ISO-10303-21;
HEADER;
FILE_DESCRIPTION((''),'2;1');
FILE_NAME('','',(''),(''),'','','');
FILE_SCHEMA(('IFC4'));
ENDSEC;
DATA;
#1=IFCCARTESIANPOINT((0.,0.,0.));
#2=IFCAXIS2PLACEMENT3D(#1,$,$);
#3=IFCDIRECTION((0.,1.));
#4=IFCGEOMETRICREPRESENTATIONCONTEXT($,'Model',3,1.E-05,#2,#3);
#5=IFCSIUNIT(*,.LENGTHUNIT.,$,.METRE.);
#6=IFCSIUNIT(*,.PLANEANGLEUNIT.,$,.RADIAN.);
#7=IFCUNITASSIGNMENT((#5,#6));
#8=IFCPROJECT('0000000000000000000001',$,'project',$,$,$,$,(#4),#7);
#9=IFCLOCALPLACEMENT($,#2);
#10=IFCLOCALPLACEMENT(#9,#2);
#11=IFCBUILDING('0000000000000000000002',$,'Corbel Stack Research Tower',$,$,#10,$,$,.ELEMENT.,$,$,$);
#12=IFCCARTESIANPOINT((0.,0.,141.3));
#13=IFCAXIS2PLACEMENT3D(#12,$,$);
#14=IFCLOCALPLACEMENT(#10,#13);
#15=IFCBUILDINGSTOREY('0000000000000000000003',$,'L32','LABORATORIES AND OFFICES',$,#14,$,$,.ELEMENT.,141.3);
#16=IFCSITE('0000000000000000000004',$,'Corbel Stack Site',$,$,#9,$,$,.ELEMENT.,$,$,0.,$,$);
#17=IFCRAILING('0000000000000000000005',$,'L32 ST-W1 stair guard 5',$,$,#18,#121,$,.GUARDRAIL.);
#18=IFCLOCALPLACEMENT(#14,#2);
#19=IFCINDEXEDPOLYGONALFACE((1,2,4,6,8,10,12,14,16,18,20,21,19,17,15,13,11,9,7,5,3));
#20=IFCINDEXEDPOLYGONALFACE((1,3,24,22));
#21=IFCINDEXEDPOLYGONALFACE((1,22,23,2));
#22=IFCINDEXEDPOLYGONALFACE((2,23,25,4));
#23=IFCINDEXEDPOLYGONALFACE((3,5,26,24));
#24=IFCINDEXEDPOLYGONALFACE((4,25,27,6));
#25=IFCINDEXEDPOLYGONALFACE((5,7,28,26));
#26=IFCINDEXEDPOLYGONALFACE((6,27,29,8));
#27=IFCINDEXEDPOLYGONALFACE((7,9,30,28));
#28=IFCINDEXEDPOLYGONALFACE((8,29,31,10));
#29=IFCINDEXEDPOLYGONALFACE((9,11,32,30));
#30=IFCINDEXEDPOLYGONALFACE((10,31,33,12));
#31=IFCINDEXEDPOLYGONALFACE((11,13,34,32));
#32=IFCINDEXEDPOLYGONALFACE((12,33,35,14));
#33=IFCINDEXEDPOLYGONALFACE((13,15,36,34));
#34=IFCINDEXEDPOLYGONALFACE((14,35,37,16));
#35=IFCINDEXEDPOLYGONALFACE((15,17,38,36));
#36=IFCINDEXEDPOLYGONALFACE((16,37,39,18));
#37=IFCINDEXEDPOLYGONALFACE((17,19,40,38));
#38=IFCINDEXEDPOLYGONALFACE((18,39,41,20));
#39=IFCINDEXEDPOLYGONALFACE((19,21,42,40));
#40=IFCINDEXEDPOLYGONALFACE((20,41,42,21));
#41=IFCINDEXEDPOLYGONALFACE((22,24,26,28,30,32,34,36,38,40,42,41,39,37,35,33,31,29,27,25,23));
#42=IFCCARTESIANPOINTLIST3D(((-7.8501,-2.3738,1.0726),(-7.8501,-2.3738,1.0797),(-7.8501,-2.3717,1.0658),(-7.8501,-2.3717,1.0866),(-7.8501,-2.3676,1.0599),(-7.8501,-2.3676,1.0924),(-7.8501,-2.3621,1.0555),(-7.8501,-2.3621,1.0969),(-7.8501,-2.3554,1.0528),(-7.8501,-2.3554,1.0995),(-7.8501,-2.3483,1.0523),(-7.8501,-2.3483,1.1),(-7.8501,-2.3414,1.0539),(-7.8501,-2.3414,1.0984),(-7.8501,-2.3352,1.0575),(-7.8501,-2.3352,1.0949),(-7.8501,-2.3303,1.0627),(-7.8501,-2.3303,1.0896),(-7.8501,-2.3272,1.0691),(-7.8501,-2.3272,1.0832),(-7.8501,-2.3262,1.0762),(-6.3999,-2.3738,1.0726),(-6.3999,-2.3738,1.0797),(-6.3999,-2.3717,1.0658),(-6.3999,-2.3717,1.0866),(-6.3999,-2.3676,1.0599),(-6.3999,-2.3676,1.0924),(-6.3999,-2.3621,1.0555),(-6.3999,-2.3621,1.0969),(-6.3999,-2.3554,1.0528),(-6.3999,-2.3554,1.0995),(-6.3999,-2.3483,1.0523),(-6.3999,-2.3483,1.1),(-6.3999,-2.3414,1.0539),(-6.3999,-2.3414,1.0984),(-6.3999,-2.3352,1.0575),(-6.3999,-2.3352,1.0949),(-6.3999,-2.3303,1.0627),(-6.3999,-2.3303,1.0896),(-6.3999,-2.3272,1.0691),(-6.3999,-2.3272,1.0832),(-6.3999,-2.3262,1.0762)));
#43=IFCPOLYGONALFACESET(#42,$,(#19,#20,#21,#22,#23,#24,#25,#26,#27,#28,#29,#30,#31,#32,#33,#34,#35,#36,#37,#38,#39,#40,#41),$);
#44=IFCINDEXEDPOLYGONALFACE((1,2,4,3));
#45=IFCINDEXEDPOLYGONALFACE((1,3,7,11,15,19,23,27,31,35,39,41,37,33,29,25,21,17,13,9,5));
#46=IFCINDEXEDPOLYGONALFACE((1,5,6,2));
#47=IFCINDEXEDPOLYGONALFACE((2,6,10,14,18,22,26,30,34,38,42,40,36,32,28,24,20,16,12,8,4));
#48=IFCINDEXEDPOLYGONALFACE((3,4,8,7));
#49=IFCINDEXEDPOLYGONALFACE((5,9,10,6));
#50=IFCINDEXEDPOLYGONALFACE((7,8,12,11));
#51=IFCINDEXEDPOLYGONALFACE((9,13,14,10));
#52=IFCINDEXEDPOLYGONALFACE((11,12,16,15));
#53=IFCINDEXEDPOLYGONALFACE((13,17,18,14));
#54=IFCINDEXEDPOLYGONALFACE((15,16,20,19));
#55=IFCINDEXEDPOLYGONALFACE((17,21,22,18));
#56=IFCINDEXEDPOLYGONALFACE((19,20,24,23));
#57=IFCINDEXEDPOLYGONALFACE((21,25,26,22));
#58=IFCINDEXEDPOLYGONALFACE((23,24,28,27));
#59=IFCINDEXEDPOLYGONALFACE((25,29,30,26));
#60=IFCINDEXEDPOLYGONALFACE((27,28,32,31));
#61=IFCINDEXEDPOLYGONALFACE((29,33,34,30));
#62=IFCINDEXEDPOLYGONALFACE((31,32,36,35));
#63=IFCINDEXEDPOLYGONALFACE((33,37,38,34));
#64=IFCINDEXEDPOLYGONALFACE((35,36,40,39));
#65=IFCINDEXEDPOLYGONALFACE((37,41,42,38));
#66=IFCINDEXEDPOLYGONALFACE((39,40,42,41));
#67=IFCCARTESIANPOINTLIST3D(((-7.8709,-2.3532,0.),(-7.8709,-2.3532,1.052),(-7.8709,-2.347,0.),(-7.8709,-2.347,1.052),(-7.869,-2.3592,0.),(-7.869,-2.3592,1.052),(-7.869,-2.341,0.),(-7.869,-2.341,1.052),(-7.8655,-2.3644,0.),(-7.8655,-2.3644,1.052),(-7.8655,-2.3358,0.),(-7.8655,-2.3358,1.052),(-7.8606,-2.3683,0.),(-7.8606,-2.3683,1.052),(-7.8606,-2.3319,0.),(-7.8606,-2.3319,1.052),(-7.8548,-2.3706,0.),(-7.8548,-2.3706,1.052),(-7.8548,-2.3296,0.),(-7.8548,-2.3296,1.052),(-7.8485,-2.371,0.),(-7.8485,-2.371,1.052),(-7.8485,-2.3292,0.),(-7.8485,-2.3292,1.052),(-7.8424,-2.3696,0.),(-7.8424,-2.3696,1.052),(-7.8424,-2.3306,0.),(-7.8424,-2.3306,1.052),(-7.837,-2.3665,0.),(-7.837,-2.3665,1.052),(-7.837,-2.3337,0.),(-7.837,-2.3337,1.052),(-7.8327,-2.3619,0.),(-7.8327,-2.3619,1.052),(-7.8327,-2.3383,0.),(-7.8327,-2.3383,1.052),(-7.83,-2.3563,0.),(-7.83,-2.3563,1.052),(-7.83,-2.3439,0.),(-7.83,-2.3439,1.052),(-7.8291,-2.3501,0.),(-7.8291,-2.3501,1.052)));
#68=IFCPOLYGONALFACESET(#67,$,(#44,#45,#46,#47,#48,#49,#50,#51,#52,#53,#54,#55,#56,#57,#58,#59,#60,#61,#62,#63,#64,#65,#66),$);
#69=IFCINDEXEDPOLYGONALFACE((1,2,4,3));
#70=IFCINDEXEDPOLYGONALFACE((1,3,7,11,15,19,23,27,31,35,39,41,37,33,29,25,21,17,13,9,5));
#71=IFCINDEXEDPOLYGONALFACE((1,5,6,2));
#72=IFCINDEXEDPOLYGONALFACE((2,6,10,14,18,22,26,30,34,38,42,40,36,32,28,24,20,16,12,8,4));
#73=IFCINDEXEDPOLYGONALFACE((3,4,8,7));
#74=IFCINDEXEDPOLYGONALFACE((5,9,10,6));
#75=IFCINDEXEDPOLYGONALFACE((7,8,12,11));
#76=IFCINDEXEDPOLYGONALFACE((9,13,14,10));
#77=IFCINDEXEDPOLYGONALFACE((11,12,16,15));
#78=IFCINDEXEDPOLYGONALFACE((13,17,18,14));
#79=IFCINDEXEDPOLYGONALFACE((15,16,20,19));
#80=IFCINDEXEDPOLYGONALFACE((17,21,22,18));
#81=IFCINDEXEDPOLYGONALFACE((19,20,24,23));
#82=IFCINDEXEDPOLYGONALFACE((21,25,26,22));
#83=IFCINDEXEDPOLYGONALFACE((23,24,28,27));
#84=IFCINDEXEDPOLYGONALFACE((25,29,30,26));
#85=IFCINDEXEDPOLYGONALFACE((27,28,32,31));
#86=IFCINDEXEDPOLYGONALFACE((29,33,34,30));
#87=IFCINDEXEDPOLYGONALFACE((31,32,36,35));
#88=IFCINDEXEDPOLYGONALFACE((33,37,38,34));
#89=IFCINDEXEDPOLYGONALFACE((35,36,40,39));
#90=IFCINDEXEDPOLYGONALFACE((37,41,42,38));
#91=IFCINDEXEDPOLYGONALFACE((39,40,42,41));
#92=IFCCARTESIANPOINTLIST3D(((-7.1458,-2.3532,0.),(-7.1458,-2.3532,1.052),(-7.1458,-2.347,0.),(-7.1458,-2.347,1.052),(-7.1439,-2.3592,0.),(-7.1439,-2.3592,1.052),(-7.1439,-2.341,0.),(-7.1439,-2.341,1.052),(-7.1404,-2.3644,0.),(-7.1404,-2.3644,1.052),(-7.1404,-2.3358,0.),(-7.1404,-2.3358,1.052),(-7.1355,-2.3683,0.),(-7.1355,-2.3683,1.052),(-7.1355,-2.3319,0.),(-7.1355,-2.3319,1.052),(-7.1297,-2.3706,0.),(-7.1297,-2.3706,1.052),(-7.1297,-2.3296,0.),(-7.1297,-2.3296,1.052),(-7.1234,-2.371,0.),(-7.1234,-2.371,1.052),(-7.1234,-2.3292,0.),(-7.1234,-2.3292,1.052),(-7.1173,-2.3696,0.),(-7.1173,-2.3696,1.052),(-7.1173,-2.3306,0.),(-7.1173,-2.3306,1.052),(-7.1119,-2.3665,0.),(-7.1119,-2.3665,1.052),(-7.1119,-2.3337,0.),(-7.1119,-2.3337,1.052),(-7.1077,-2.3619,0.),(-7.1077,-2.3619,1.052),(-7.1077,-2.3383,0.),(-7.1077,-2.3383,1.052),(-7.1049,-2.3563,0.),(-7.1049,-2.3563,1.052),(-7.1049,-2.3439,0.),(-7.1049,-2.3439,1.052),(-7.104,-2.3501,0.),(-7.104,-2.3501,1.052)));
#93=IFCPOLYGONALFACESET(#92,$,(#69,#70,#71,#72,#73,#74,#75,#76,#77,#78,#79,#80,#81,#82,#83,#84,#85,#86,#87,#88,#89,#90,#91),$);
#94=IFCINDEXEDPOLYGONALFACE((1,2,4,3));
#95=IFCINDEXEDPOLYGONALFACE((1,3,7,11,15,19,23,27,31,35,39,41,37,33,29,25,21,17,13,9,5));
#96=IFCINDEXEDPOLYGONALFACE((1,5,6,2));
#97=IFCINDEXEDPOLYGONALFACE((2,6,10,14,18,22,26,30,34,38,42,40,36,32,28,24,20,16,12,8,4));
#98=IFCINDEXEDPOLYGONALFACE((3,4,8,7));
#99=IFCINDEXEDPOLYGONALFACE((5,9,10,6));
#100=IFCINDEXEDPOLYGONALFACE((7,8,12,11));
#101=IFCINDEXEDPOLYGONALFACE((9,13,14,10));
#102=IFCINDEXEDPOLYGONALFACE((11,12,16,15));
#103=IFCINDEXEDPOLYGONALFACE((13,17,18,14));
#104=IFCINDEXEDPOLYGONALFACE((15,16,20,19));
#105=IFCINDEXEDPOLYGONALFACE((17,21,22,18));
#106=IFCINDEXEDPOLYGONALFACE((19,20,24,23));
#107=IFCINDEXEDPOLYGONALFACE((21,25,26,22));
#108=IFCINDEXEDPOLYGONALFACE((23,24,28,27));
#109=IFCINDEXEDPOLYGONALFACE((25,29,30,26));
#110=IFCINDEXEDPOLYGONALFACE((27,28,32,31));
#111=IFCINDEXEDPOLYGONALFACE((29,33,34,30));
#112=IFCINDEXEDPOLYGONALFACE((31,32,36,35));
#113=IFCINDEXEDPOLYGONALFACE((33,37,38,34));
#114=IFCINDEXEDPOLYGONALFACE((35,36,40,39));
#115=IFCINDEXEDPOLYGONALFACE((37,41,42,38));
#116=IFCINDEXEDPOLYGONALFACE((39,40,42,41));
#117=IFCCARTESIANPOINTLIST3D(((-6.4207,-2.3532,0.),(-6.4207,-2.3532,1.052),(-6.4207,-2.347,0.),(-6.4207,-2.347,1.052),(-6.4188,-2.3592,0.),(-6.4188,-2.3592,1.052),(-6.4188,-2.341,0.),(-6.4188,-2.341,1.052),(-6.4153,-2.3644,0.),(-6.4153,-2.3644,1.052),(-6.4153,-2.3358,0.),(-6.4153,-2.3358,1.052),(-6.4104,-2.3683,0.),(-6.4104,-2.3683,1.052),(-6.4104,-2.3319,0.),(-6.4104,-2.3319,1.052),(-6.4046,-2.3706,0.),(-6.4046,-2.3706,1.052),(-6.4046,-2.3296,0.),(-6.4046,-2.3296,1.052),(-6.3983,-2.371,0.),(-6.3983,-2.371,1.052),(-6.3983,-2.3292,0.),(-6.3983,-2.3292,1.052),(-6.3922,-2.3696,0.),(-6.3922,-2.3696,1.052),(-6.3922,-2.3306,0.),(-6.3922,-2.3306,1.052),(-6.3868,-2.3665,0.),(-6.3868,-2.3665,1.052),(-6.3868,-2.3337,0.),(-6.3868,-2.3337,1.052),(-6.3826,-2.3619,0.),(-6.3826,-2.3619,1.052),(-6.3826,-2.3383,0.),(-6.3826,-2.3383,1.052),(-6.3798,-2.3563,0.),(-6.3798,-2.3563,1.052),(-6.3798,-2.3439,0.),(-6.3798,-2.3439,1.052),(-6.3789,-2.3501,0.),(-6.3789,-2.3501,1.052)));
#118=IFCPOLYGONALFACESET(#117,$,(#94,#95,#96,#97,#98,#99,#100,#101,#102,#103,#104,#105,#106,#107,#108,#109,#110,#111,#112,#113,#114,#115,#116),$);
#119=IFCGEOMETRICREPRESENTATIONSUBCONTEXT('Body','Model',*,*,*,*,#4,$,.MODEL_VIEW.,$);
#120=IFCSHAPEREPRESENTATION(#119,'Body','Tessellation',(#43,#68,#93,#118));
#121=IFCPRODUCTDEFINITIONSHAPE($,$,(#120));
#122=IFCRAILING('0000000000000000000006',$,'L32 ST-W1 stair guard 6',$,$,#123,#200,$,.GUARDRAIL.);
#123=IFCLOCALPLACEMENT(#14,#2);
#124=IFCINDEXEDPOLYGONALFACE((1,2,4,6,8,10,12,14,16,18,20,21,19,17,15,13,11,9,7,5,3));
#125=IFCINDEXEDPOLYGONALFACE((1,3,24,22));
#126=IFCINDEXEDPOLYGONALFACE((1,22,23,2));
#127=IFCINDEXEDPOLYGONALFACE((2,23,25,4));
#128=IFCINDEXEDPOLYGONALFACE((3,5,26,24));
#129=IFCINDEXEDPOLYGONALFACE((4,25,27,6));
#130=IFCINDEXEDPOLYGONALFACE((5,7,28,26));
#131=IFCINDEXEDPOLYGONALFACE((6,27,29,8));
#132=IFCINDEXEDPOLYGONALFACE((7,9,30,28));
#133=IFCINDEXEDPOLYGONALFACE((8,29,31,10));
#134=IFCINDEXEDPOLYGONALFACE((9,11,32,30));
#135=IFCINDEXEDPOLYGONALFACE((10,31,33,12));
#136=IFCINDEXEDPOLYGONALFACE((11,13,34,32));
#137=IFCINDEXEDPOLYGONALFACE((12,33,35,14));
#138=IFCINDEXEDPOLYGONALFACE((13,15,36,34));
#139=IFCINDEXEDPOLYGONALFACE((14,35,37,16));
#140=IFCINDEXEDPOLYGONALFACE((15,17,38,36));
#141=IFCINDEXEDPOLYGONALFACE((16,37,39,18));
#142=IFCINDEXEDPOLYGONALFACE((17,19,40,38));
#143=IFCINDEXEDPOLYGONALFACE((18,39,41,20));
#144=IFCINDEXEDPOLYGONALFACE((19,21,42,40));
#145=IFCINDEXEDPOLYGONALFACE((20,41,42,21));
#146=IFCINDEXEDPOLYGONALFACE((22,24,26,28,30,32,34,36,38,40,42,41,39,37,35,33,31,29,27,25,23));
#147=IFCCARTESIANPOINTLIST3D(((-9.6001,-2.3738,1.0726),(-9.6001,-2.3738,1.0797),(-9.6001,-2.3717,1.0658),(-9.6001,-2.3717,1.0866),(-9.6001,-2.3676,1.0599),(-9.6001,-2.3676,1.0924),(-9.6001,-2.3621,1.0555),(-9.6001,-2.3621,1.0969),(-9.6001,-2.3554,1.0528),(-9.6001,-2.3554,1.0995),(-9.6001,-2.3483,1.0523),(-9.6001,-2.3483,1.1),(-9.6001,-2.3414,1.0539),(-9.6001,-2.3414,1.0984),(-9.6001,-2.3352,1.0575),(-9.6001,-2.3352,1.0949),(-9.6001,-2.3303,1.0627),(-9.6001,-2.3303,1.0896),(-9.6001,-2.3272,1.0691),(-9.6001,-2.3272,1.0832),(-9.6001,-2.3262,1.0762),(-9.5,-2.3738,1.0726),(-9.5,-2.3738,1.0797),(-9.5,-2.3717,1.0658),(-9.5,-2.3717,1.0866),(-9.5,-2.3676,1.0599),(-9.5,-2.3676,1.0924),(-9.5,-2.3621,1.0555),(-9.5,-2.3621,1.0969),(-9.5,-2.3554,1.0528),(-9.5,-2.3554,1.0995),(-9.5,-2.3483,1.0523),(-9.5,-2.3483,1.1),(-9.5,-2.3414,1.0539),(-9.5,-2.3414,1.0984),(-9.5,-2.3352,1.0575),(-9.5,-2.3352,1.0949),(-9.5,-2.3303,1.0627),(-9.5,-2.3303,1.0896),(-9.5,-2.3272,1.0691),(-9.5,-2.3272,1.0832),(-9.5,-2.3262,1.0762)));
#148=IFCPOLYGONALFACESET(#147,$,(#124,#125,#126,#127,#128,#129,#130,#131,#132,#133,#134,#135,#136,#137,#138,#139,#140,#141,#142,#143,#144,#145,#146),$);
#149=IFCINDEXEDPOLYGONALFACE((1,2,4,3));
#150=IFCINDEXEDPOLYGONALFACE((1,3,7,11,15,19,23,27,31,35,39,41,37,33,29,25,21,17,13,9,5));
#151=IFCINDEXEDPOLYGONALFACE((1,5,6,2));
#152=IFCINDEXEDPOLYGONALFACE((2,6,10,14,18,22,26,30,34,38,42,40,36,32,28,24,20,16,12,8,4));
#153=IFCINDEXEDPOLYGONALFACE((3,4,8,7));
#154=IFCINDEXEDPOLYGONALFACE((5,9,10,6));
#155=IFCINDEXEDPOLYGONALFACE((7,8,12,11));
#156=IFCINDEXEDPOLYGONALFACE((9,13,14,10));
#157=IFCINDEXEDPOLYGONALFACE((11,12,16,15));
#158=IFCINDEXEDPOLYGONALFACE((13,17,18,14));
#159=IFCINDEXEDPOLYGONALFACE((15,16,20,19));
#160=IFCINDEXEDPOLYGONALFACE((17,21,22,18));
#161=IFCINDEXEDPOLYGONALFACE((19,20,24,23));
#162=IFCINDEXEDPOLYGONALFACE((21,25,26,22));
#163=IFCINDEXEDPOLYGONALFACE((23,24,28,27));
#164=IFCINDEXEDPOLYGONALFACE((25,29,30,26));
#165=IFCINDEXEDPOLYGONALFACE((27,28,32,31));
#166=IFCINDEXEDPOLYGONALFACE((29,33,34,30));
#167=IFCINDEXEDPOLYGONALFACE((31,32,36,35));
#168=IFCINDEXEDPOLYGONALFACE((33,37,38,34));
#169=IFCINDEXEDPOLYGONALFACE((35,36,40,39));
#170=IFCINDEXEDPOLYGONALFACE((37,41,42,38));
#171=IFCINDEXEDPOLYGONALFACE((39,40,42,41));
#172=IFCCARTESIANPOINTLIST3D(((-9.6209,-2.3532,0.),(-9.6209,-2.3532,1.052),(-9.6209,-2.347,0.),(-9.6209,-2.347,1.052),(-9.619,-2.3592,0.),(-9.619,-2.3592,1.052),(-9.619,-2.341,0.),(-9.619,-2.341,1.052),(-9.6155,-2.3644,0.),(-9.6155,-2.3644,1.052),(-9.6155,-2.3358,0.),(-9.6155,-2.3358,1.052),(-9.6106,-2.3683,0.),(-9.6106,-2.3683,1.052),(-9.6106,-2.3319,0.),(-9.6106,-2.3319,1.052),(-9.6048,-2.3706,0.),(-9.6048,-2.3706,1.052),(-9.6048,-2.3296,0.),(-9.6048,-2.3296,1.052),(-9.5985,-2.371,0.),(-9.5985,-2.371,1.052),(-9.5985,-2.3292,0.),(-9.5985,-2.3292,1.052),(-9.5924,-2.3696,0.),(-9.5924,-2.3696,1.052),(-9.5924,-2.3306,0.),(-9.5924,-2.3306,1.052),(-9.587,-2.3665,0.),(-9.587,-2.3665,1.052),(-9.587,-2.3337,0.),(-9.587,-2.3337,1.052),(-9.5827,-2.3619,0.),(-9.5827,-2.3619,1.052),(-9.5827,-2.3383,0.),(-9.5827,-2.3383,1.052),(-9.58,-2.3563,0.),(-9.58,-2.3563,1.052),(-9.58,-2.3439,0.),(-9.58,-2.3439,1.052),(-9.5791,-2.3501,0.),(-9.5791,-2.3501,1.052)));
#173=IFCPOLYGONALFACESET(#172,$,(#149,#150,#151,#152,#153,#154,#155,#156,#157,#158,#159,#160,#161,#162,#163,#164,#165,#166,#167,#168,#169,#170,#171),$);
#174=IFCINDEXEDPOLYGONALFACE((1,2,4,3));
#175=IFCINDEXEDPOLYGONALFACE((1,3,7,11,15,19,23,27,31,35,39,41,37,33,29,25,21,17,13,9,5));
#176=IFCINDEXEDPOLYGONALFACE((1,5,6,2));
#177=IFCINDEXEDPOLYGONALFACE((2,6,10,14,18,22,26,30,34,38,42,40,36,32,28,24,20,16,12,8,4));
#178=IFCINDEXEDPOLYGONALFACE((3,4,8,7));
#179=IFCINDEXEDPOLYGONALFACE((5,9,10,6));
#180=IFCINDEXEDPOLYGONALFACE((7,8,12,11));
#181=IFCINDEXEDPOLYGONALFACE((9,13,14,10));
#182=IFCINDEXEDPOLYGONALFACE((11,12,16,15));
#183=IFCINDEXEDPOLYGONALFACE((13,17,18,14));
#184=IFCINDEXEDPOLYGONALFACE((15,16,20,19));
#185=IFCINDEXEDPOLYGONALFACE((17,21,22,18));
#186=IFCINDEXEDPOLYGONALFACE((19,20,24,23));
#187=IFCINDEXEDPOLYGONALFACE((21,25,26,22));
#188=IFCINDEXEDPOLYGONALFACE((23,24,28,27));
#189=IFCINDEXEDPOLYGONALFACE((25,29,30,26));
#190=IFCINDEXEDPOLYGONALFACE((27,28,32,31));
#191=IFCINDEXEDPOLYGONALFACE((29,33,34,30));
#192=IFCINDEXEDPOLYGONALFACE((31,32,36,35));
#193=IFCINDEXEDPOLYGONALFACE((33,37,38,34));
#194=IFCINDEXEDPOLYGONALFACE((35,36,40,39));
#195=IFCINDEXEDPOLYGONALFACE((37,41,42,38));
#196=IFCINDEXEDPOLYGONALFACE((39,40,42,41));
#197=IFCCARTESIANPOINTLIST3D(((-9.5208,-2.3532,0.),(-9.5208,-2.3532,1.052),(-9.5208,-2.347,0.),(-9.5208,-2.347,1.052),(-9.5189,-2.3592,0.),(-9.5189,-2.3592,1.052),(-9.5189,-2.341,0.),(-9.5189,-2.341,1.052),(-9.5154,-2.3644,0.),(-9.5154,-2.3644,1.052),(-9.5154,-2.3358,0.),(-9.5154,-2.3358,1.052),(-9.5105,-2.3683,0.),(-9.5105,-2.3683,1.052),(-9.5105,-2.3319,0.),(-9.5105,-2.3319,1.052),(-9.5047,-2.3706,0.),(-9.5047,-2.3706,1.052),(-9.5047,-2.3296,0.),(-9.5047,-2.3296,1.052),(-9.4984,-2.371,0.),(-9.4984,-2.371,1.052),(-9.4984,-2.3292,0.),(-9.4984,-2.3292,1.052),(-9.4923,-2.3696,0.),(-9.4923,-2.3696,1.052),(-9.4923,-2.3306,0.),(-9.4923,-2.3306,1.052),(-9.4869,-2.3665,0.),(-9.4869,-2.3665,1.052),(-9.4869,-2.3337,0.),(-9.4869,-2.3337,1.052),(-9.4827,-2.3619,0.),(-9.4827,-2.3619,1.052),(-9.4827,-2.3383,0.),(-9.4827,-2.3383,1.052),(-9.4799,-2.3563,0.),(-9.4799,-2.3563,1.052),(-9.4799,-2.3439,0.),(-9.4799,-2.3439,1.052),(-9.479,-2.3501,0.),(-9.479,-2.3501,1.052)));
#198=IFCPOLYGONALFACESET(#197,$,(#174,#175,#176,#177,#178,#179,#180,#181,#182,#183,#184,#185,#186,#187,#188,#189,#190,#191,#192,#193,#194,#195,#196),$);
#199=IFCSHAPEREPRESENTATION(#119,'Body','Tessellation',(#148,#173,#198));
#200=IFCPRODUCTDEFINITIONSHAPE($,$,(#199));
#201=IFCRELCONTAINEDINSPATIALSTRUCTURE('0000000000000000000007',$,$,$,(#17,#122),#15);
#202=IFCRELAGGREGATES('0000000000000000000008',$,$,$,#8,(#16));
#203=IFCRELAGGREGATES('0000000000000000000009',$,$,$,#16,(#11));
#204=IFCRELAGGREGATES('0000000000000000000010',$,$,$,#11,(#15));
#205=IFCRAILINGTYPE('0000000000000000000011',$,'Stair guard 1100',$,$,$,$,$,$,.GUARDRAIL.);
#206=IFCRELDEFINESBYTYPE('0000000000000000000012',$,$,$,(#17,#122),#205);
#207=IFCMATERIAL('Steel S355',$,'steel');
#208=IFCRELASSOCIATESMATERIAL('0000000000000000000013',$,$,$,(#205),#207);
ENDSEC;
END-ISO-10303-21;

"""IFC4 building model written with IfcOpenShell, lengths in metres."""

from ifc_helpers import new_model, si_unit, direction, frame, origin, origin_2d, place, context, subcontext, project, spatial, circle, extrude, material, type_object, element, save


model = new_model("IFC4")

# Units and contexts
model_context = context("Model", 3, precision=1e-05, world=origin(), true_north=direction((0.0, 1.0)))
body_context = subcontext(model_context, "Body", "Model", "MODEL_VIEW")
ifc_project = project(units=[si_unit("LENGTHUNIT", "METRE"), si_unit("PLANEANGLEUNIT", "RADIAN")], contexts=[model_context])

# Site, building, storey
site_placement = place(None, origin())
site = spatial("IfcSite", under=ifc_project, at=site_placement, Name="Corbel Stack Site", CompositionType="ELEMENT", RefElevation=0.0)
building_placement = place(site_placement, origin())
building = spatial("IfcBuilding", under=site, at=building_placement, Name="Corbel Stack Research Tower", CompositionType="ELEMENT")
storey_placement = place(building_placement, frame((0.0, 0.0, 141.3)))
storey = spatial("IfcBuildingStorey", under=building, at=storey_placement, Name="L32", Description="LABORATORIES AND OFFICES", CompositionType="ELEMENT", Elevation=141.3)

# Railings
ifc_material_1 = material(Name="Steel S355", Category="steel")
railing_type = type_object("IfcRailingType", Name="Stair guard 1100", PredefinedType="GUARDRAIL", material=ifc_material_1)
railing_1_placement = place(storey_placement, frame((-7.8501, -2.3501, 0.0)))
element("IfcRailing", 1, at=railing_1_placement, inside=storey, type_object=railing_type, Name="L32 ST-W1 stair guard 5", PredefinedType="GUARDRAIL", context=body_context, shape_type="SweptSolid", body=[
    extrude(circle(Radius=0.0239, at=origin_2d()), frame((0.0, 0.0, 1.0762), z_axis=(1.0, 0.0, 0.0), x_axis=(0.0, 1.0, 0.0)), (0.0, 0.0, 1.0), 1.4502),
    extrude(circle(Radius=0.021, at=origin_2d()), origin(), (0.0, 0.0, 1.0), 1.052),
    extrude(circle(Radius=0.021, at=origin_2d()), frame((0.7251, 0.0, 0.0)), (0.0, 0.0, 1.0), 1.052),
    extrude(circle(Radius=0.021, at=origin_2d()), frame((1.4502, 0.0, 0.0)), (0.0, 0.0, 1.0), 1.052),
])
railing_2_placement = place(storey_placement, frame((-9.6001, -2.3501, 0.0)))
element("IfcRailing", 2, at=railing_2_placement, inside=storey, type_object=railing_type, Name="L32 ST-W1 stair guard 6", PredefinedType="GUARDRAIL", context=body_context, shape_type="SweptSolid", body=[
    extrude(circle(Radius=0.0239, at=origin_2d()), frame((0.0, 0.0, 1.0762), z_axis=(1.0, 0.0, 0.0), x_axis=(0.0, 1.0, 0.0)), (0.0, 0.0, 1.0), 0.1001),
    extrude(circle(Radius=0.021, at=origin_2d()), origin(), (0.0, 0.0, 1.0), 1.052),
    extrude(circle(Radius=0.021, at=origin_2d()), frame((0.1001, 0.0, 0.0)), (0.0, 0.0, 1.0), 1.052),
])

save(model, "model.ifc")
